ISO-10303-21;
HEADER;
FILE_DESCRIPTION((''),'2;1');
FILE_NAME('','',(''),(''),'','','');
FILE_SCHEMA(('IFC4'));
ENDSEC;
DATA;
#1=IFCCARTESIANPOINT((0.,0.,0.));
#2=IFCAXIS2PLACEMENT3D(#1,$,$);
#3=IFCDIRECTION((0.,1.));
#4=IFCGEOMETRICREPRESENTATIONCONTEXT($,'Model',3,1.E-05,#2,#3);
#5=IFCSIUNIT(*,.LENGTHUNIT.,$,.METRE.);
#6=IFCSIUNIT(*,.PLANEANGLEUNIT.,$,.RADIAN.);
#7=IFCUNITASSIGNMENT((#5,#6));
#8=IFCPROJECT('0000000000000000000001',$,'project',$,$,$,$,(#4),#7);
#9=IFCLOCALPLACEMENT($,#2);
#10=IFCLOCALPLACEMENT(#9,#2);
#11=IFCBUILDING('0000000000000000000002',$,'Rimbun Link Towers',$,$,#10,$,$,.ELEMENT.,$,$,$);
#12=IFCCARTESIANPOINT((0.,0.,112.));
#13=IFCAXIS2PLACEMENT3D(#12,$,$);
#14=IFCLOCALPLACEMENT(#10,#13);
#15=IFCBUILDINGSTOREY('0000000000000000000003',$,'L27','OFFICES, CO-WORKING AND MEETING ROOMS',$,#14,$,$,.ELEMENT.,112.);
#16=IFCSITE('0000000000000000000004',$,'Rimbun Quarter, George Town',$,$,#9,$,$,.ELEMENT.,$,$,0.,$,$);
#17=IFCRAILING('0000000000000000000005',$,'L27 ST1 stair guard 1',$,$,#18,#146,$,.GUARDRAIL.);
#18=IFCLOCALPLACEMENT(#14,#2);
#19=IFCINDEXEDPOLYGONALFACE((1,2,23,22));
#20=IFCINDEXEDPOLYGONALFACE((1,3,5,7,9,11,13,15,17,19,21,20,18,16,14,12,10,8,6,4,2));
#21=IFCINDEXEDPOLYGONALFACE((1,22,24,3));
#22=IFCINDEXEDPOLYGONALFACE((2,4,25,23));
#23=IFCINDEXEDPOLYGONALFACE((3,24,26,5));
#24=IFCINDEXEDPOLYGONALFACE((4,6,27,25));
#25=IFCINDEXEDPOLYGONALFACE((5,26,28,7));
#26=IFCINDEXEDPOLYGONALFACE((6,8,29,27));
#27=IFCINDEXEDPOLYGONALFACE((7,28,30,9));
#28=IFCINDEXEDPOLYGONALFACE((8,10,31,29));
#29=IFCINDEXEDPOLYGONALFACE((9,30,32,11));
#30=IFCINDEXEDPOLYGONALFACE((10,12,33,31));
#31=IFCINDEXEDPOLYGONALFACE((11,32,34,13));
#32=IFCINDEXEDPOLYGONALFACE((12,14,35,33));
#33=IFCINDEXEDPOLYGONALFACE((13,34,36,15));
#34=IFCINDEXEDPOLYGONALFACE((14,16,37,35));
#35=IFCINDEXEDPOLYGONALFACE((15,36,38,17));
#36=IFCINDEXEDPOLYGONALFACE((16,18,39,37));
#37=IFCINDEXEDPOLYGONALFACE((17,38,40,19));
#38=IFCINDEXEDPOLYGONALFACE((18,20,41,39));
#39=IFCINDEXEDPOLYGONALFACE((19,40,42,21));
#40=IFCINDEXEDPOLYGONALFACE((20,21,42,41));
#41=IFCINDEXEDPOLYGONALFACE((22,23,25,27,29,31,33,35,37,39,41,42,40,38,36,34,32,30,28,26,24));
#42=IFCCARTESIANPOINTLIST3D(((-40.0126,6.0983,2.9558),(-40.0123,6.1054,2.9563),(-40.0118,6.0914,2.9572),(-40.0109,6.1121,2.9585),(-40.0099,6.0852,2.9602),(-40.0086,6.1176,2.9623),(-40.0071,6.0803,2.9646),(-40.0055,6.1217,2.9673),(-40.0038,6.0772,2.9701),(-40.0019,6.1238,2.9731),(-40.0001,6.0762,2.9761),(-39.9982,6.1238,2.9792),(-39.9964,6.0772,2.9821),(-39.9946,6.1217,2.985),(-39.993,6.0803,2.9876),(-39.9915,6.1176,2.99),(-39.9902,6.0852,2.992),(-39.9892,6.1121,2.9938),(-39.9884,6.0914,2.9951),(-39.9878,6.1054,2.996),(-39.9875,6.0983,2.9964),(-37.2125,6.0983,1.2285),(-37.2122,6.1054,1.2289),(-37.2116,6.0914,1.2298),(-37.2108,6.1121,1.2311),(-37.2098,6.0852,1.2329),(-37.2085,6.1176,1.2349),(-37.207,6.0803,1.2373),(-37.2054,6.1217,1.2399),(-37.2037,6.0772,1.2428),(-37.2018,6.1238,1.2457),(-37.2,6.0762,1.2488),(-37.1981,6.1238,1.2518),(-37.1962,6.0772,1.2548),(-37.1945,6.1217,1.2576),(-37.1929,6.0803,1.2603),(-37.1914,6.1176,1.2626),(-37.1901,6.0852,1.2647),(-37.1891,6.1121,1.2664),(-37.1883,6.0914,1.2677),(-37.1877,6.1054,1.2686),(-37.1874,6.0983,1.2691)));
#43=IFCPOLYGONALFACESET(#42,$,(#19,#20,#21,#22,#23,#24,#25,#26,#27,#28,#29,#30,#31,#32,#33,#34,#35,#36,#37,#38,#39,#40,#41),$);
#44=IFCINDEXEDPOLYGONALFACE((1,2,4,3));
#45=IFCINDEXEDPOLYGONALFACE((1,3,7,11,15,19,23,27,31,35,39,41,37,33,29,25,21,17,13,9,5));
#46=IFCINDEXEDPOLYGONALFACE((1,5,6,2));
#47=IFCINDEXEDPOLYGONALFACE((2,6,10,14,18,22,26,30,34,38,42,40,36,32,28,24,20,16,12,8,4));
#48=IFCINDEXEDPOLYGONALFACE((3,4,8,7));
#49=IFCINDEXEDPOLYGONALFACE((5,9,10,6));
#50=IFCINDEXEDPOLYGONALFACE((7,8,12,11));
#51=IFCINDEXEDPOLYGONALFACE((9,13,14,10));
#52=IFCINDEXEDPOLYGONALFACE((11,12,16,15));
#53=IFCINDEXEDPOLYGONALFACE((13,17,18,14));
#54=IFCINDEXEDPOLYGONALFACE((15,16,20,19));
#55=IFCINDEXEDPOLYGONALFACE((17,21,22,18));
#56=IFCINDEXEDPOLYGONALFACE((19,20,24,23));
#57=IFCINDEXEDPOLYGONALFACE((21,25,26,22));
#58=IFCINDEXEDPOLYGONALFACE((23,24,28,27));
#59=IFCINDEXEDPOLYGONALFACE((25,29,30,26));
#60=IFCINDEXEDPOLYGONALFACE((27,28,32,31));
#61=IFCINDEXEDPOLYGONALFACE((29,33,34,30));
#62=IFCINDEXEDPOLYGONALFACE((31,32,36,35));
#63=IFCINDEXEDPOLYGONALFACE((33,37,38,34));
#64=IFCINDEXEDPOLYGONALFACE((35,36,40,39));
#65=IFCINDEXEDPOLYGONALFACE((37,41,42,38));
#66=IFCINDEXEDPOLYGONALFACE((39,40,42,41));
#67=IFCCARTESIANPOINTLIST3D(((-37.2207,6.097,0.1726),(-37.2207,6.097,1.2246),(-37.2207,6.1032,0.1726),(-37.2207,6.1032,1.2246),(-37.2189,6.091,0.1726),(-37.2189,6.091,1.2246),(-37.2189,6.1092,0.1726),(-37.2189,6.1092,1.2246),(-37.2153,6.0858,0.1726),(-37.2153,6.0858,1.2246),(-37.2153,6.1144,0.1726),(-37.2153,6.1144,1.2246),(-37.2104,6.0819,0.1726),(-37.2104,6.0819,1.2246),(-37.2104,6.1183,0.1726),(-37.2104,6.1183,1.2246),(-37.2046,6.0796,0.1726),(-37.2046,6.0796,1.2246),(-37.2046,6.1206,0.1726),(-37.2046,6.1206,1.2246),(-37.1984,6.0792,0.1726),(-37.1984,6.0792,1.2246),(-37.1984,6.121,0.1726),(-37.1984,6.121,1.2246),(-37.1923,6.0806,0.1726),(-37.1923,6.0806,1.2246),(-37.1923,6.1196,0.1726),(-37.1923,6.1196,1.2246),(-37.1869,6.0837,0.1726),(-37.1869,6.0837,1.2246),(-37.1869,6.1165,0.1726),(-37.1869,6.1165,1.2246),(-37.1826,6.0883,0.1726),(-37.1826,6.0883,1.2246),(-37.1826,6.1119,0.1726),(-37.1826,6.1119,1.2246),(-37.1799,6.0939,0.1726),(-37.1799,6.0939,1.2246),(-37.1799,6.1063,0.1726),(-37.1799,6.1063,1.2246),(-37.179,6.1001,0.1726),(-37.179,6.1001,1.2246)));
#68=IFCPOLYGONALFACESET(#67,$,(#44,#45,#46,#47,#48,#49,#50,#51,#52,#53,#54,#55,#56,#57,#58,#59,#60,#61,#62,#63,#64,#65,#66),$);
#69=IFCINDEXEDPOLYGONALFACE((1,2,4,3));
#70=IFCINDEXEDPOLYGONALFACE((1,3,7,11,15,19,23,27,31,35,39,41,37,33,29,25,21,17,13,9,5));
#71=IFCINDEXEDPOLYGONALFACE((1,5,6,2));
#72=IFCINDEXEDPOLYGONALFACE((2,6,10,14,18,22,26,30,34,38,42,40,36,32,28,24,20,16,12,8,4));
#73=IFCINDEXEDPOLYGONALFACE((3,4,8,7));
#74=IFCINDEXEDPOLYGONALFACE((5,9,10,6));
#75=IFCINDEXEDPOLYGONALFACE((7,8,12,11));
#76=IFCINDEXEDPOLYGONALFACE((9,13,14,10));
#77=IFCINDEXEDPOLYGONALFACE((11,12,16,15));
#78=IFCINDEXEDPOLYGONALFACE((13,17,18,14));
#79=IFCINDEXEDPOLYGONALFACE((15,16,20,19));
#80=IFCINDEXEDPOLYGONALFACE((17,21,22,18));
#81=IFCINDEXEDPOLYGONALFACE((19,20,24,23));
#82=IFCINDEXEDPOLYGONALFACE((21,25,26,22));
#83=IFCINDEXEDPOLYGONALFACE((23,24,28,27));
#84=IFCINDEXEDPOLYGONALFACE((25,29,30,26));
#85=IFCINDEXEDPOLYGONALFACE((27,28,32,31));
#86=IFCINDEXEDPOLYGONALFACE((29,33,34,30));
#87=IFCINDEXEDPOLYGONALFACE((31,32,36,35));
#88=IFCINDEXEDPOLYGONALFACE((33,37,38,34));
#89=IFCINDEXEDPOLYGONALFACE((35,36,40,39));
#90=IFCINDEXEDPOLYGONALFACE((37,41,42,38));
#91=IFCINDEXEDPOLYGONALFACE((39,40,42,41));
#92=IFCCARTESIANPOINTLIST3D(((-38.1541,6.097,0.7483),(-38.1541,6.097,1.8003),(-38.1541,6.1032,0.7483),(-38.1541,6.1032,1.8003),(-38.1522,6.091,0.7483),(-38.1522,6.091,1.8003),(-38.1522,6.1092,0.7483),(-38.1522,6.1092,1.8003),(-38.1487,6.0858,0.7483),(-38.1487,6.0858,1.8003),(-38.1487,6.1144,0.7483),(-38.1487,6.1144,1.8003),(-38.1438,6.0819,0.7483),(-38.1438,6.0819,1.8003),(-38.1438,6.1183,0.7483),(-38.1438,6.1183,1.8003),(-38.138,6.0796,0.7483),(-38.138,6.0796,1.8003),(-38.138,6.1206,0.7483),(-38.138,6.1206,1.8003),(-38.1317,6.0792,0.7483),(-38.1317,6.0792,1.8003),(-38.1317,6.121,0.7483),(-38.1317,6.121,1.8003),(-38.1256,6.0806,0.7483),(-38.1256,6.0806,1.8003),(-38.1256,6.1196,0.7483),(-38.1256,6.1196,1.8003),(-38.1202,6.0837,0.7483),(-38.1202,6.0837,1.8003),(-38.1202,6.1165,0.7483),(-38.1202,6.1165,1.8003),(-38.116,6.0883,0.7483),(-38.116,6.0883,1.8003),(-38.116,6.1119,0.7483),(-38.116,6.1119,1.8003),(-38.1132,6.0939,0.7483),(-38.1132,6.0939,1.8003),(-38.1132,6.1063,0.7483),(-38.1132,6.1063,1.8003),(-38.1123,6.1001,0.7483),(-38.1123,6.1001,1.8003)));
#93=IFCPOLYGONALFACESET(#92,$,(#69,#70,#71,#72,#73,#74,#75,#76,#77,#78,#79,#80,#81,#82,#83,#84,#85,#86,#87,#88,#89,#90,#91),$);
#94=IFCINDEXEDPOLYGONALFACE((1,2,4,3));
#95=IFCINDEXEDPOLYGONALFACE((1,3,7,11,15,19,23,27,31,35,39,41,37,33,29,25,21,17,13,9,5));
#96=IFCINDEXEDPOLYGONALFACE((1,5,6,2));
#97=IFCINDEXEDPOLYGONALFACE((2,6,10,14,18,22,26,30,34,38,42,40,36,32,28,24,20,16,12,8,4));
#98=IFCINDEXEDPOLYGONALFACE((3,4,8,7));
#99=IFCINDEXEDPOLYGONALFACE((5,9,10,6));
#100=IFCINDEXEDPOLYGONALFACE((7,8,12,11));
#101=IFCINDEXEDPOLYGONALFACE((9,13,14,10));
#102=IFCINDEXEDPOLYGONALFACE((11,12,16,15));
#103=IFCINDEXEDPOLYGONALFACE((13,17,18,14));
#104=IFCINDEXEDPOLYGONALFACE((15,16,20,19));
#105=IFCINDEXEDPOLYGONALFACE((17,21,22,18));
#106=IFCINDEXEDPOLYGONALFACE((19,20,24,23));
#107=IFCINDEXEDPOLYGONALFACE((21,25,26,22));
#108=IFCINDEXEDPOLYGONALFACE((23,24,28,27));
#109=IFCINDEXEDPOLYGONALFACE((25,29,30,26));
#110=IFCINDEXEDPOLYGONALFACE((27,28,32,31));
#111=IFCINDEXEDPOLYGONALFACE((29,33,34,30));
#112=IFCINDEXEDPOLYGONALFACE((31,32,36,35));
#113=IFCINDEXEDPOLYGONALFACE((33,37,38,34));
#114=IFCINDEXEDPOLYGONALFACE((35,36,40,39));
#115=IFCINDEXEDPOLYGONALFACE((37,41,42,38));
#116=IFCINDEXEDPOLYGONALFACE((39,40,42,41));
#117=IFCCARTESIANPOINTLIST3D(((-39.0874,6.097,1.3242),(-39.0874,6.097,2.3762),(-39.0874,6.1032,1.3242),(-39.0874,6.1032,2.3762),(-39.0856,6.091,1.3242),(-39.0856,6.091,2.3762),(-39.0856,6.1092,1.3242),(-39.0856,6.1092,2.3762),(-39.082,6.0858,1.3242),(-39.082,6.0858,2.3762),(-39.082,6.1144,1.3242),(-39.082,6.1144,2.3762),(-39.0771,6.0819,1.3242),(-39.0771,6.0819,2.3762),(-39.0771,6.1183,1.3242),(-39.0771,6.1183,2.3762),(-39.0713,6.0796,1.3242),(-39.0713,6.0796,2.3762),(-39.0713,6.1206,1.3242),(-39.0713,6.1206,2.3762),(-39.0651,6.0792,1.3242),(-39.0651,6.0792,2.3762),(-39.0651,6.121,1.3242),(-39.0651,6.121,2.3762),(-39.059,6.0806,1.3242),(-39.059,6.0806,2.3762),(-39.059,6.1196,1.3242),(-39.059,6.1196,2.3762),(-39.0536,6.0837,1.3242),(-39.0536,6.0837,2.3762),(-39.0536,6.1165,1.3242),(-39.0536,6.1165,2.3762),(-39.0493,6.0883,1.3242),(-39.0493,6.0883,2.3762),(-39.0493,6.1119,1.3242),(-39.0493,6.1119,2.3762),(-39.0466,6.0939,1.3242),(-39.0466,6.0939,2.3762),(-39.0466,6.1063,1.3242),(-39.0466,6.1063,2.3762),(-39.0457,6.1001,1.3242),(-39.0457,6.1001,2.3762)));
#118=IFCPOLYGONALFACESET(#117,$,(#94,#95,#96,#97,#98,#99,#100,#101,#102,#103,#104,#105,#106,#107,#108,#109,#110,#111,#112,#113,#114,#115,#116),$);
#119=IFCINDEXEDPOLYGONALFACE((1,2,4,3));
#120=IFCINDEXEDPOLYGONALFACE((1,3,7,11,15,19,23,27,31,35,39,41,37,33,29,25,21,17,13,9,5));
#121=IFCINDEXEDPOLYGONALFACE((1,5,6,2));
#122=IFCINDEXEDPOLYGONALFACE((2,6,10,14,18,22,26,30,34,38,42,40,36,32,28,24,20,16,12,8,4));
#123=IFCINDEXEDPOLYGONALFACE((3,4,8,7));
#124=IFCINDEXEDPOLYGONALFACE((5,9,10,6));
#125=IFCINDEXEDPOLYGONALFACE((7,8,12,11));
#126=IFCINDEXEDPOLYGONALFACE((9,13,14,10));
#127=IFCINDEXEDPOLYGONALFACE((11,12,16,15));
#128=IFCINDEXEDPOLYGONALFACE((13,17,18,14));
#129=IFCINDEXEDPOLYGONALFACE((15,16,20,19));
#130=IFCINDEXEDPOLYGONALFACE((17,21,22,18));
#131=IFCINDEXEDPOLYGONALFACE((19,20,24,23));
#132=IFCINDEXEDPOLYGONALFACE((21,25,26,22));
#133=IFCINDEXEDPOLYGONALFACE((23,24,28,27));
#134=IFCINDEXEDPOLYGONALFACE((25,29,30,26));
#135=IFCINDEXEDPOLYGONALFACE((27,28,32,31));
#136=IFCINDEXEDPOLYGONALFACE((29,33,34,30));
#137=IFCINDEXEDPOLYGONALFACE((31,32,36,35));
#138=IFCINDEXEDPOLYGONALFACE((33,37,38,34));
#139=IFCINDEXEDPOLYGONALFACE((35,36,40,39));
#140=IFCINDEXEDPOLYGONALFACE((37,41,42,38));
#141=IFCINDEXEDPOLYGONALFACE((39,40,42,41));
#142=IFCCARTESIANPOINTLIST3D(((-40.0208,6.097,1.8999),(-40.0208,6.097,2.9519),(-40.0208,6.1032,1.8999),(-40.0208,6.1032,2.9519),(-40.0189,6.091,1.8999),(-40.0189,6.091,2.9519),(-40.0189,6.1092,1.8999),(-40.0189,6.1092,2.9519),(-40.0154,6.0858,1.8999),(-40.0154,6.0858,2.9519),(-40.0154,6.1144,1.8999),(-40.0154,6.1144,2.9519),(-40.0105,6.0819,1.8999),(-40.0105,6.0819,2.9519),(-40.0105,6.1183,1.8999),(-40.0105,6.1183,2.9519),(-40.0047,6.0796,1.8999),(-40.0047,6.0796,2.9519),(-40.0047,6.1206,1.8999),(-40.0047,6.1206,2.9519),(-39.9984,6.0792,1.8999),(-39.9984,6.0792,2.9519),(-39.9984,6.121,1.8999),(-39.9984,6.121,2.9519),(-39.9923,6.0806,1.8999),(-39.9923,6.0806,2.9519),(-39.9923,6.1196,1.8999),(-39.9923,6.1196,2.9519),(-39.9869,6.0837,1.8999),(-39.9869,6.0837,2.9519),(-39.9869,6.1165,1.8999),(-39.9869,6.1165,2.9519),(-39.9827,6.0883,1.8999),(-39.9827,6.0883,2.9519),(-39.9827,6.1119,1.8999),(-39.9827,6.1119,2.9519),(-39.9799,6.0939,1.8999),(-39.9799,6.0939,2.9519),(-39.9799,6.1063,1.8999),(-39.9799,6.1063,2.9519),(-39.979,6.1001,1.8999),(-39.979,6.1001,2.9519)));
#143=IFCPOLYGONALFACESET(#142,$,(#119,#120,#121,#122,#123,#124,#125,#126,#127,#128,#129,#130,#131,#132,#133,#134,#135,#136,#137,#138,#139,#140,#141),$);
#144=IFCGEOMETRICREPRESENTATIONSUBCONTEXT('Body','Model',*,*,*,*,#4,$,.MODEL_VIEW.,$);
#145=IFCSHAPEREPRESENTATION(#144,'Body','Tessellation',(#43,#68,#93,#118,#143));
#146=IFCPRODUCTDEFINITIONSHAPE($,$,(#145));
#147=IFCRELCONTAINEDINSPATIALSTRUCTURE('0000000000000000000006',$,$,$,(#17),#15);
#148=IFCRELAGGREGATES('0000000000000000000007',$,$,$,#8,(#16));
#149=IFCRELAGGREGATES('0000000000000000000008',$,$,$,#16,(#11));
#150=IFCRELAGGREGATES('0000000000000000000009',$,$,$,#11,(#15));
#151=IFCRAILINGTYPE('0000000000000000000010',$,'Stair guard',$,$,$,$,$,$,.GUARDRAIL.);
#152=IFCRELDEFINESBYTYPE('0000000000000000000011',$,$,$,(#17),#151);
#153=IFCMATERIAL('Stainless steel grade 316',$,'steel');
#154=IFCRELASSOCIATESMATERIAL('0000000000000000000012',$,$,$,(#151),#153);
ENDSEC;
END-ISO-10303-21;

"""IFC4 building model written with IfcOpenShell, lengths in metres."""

from ifc_helpers import new_model, si_unit, direction, frame, origin, origin_2d, place, context, subcontext, project, spatial, circle, extrude, material, type_object, element, save


model = new_model("IFC4")

# Units and contexts
model_context = context("Model", 3, precision=1e-05, world=origin(), true_north=direction((0.0, 1.0)))
body_context = subcontext(model_context, "Body", "Model", "MODEL_VIEW")
ifc_project = project(units=[si_unit("LENGTHUNIT", "METRE"), si_unit("PLANEANGLEUNIT", "RADIAN")], contexts=[model_context])

# Site, building, storey
site_placement = place(None, origin())
site = spatial("IfcSite", under=ifc_project, at=site_placement, Name="Rimbun Quarter, George Town", CompositionType="ELEMENT", RefElevation=0.0)
building_placement = place(site_placement, origin())
building = spatial("IfcBuilding", under=site, at=building_placement, Name="Rimbun Link Towers", CompositionType="ELEMENT")
storey_placement = place(building_placement, frame((0.0, 0.0, 112.0)))
storey = spatial("IfcBuildingStorey", under=building, at=storey_placement, Name="L27", Description="OFFICES, CO-WORKING AND MEETING ROOMS", CompositionType="ELEMENT", Elevation=112.0)

# Railing
ifc_material_1 = material(Name="Stainless steel grade 316", Category="steel")
railing_type_1 = type_object("IfcRailingType", Name="Stair guard", PredefinedType="GUARDRAIL", material=ifc_material_1)
railing_1_placement = place(storey_placement, frame((-37.2, 6.1001, 0.1726)))
element("IfcRailing", 1, at=railing_1_placement, inside=storey, type_object=railing_type_1, Name="L27 ST1 stair guard 1", PredefinedType="GUARDRAIL", context=body_context, shape_type="SweptSolid", body=[
    extrude(circle(Radius=0.0239, at=origin_2d()), frame((0.0, 0.0, 1.0762), z_axis=(-0.85109, 0.0, 0.52502), x_axis=(0.0, -1.0, 0.0)), (0.0, 0.0, 1.0), 3.29),
    extrude(circle(Radius=0.021, at=origin_2d()), origin(), (0.0, 0.0, 1.0), 1.052),
    extrude(circle(Radius=0.021, at=origin_2d()), frame((-0.9333, 0.0, 0.5757)), (0.0, 0.0, 1.0), 1.052),
    extrude(circle(Radius=0.021, at=origin_2d()), frame((-1.8667, 0.0, 1.1516)), (0.0, 0.0, 1.0), 1.052),
    extrude(circle(Radius=0.021, at=origin_2d()), frame((-2.8, 0.0, 1.7273)), (0.0, 0.0, 1.0), 1.052),
])

save(model, "model.ifc")
